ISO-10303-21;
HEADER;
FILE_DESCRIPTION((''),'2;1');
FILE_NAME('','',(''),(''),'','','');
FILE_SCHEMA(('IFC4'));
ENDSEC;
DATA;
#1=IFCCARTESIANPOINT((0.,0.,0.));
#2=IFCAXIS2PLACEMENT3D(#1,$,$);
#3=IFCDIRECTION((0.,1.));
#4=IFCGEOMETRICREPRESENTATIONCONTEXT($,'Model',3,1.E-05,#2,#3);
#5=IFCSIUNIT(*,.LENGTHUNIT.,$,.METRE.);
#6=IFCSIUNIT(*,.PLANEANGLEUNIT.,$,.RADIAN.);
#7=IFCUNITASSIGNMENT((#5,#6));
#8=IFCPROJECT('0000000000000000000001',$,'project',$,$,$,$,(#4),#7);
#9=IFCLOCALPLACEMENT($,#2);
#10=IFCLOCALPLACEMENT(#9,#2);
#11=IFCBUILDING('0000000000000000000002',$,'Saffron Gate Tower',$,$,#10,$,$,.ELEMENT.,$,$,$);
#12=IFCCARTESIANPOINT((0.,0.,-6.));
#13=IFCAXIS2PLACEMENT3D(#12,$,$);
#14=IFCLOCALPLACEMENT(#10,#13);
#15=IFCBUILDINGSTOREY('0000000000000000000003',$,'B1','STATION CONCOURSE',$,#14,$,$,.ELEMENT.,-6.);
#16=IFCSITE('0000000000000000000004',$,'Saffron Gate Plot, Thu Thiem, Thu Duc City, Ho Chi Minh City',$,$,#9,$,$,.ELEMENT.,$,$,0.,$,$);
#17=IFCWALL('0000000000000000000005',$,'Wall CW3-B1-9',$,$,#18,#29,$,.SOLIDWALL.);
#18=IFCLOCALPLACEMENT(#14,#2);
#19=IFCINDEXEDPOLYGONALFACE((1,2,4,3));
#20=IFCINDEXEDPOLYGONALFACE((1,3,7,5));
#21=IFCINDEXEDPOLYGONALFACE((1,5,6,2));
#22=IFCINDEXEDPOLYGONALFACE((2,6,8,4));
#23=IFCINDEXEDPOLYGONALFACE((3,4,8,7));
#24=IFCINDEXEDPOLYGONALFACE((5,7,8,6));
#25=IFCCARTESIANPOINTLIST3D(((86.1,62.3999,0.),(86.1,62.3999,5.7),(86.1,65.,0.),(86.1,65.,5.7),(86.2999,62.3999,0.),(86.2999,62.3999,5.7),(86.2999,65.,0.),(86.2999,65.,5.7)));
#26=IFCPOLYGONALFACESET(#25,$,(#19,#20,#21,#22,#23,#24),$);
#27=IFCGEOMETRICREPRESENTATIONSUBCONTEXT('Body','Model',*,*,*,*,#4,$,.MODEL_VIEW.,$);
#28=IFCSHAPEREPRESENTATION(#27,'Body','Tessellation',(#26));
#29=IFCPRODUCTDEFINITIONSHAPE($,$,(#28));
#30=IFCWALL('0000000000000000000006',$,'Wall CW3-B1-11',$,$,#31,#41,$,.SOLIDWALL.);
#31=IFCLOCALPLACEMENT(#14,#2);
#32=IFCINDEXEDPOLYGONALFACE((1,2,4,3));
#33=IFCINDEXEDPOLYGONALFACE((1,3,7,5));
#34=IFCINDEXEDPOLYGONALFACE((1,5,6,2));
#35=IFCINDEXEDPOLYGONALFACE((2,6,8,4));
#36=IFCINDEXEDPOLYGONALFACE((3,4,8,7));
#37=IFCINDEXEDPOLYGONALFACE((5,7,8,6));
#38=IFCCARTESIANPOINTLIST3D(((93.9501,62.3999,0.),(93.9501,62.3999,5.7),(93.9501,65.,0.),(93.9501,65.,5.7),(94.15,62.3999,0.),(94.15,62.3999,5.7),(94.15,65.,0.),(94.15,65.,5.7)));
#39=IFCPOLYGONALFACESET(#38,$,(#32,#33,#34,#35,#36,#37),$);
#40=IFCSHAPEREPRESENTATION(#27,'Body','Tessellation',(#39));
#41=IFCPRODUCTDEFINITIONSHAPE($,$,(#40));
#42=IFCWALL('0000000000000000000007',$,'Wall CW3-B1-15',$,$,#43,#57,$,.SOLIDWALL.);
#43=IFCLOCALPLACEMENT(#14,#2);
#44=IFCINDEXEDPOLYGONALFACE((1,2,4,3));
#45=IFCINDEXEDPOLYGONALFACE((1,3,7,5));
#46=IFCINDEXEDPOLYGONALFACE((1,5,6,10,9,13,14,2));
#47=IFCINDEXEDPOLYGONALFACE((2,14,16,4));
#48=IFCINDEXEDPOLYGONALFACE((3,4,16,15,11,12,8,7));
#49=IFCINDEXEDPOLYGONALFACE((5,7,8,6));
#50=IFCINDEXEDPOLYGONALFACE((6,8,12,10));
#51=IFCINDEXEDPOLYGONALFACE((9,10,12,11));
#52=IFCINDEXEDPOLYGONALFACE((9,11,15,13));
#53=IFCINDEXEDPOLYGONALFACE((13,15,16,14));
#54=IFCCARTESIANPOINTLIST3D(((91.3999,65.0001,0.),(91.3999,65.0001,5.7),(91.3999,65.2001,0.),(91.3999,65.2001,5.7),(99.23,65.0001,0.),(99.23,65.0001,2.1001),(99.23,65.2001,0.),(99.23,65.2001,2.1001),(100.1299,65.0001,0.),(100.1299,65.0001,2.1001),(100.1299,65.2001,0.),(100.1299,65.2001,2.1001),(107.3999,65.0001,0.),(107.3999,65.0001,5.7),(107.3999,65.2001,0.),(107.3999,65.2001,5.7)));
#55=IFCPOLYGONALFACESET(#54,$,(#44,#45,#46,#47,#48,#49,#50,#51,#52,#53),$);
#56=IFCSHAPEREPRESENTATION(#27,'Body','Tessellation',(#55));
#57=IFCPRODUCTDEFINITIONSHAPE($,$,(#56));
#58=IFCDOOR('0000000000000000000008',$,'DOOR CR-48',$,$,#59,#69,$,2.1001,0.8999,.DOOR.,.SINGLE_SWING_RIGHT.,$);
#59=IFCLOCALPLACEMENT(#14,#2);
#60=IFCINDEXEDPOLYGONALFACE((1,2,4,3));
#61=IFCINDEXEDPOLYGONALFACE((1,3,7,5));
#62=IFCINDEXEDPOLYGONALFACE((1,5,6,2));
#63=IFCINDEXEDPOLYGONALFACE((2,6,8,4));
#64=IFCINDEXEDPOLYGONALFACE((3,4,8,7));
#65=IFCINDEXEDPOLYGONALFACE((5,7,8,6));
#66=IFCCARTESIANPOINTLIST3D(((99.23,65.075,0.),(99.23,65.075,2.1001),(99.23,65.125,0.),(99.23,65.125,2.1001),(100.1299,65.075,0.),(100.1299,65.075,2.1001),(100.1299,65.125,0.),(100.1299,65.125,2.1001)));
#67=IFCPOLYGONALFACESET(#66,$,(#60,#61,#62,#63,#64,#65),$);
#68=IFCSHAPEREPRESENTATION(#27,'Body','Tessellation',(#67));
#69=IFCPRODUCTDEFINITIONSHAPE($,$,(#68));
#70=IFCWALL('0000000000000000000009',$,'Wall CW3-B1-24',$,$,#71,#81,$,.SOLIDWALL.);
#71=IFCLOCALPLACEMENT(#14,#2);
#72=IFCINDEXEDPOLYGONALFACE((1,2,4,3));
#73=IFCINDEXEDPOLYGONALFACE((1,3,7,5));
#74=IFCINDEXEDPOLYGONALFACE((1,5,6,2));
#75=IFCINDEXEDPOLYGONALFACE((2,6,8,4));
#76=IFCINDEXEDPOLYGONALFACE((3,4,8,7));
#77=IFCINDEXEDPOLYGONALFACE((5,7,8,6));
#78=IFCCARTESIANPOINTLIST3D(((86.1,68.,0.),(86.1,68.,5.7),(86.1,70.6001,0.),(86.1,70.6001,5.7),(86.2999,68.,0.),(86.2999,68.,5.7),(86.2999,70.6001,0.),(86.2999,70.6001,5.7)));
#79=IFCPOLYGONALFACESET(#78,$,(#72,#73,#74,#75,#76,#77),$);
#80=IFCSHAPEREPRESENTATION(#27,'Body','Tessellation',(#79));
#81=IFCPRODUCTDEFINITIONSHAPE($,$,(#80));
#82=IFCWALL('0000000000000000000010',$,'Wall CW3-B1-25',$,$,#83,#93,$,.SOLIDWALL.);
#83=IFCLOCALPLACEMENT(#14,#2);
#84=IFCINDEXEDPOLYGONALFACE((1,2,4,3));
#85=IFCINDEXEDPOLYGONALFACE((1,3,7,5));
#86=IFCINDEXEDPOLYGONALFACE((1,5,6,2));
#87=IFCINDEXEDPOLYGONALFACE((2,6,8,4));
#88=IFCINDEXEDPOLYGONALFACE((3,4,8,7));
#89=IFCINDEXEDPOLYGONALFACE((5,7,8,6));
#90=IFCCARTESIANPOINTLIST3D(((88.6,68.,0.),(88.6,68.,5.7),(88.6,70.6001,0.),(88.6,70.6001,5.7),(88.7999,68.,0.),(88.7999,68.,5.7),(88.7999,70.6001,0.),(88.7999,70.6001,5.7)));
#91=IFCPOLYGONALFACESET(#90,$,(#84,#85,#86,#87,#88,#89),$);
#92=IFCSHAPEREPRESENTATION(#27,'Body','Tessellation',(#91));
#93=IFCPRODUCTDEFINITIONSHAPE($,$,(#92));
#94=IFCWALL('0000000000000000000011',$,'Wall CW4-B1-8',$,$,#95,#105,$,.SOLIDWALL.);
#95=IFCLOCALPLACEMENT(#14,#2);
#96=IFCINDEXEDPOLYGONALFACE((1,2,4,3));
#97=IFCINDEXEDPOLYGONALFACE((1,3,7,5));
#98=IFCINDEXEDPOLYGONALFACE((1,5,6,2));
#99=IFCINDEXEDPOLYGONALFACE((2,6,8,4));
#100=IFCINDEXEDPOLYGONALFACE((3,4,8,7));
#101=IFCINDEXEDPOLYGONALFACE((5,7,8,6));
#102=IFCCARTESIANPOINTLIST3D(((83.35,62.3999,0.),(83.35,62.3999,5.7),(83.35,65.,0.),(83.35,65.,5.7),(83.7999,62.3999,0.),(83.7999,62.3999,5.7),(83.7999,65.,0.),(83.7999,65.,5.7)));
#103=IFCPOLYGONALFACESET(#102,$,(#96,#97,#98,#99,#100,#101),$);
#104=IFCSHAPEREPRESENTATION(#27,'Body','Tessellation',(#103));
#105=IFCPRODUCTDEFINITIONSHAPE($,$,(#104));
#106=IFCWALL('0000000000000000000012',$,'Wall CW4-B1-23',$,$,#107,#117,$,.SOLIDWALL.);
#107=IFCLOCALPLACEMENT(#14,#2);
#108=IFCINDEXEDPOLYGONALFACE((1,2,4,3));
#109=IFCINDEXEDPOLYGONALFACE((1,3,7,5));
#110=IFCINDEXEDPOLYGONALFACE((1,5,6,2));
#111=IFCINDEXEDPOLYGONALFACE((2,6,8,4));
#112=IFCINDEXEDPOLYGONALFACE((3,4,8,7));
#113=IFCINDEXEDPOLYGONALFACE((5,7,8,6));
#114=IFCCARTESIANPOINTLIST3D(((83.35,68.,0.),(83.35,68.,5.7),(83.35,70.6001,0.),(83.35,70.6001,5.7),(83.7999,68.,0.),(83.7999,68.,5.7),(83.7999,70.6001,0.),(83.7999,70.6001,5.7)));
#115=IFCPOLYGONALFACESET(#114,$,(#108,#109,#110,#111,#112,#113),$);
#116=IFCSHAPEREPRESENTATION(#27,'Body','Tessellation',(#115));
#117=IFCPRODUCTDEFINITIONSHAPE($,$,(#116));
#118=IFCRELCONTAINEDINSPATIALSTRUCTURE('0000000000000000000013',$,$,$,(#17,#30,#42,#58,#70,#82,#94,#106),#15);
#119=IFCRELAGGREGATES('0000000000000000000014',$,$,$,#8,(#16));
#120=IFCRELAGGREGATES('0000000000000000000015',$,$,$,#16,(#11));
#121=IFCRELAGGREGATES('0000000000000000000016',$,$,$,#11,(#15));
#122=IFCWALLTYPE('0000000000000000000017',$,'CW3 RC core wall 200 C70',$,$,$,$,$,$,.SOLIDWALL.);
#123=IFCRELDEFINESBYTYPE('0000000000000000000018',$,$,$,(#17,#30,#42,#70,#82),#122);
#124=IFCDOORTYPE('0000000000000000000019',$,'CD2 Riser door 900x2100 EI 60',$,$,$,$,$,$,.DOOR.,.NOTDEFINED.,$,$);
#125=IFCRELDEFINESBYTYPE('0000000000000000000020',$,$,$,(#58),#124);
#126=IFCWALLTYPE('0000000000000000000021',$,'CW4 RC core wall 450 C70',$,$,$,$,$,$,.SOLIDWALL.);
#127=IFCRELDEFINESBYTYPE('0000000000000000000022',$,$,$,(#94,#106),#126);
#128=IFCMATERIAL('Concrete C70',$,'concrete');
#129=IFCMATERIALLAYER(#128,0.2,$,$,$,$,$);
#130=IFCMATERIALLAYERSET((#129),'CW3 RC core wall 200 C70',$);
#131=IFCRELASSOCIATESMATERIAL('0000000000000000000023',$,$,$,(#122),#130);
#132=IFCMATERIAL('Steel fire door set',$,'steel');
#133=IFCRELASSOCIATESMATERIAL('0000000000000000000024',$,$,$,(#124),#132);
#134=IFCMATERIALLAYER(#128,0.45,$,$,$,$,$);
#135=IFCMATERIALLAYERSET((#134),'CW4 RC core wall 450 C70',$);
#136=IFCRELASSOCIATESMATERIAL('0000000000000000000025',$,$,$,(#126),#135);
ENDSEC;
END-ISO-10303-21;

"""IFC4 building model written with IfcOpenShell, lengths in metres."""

from ifc_helpers import new_model, si_unit, direction, frame, frame_2d, origin, place, context, subcontext, project, spatial, rectangle, extrude, material, layer, layer_set, type_object, element, fill, save


model = new_model("IFC4")

# Units and contexts
model_context = context("Model", 3, precision=1e-05, world=origin(), true_north=direction((0.0, 1.0)))
body_context = subcontext(model_context, "Body", "Model", "MODEL_VIEW")
ifc_project = project(units=[si_unit("LENGTHUNIT", "METRE"), si_unit("PLANEANGLEUNIT", "RADIAN")], contexts=[model_context])

# Site, building, storey
site_placement = place(None, origin())
site = spatial("IfcSite", under=ifc_project, at=site_placement, Name="Saffron Gate Plot, Thu Thiem, Thu Duc City, Ho Chi Minh City", CompositionType="ELEMENT", RefElevation=0.0)
building_placement = place(site_placement, origin())
building = spatial("IfcBuilding", under=site, at=building_placement, Name="Saffron Gate Tower", CompositionType="ELEMENT")
storey_placement = place(building_placement, frame((0.0, 0.0, -6.0)))
storey = spatial("IfcBuildingStorey", under=building, at=storey_placement, Name="B1", Description="STATION CONCOURSE", CompositionType="ELEMENT", Elevation=-6.0)

# Shared definitions
ifc_material_1 = material(Name="Concrete C70", Category="concrete")

# Shared definitions
ifc_material_2 = material(Name="Steel fire door set", Category="steel")

# Walls
ifc_layer_1 = layer(ifc_material_1, 0.2)
ifc_layer_set_1 = layer_set([ifc_layer_1], Name="CW3 RC core wall 200 C70")
wall_type_1 = type_object("IfcWallType", Name="CW3 RC core wall 200 C70", PredefinedType="SOLIDWALL", material=ifc_layer_set_1)
for number, where, z_axis, x_axis, name in (
    (1, (86.2, 62.3999, 0.0), (0.0, 0.0, 1.0), (0.0, 1.0, 0.0), "Wall CW3-B1-9"),
    (2, (94.05, 62.3999, 0.0), (0.0, 0.0, 1.0), (0.0, 1.0, 0.0), "Wall CW3-B1-11"),
):
    element("IfcWall", number, at=place(storey_placement, frame(where, z_axis=z_axis, x_axis=x_axis)), inside=storey, type_object=wall_type_1, Name=name, PredefinedType="SOLIDWALL", context=body_context, shape_type="SweptSolid", body=[
        extrude(rectangle(XDim=2.6001, YDim=0.2, at=frame_2d((1.3, 0.0))), origin(), (0.0, 0.0, 1.0), 5.7),
    ])

# Wall, opening, door
wall_1_placement = place(storey_placement, frame((91.3999, 65.1001, 0.0), z_axis=(0.0, 0.0, 1.0), x_axis=(1.0, 0.0, 0.0)))
wall_1 = element("IfcWall", 3, at=wall_1_placement, inside=storey, type_object=wall_type_1, Name="Wall CW3-B1-15", PredefinedType="SOLIDWALL", context=body_context, shape_type="SweptSolid", body=[
    extrude(rectangle(XDim=16.0, YDim=0.2, at=frame_2d((8.0, 0.0))), origin(), (0.0, 0.0, 1.0), 5.7),
])
opening_1_placement = place(wall_1_placement, frame((7.8301, 0.0, 0.0)))
opening_1 = element("IfcOpeningElement", 4, at=opening_1_placement, cuts=wall_1, PredefinedType="OPENING", context=body_context, shape_type="SweptSolid", body=[
    extrude(rectangle(XDim=0.8999, YDim=2.1001, at=frame_2d((0.45, 1.05))), frame((0.0, 0.1099, 0.0), z_axis=(0.0, -1.0, 0.0), x_axis=(1.0, 0.0, 0.0)), (0.0, 0.0, 1.0), 0.22),
])
door_type_1 = type_object("IfcDoorType", Name="CD2 Riser door 900x2100 EI 60", OperationType="NOTDEFINED", PredefinedType="DOOR", material=ifc_material_2)
door_1_placement = place(opening_1_placement, origin())
door_1 = element("IfcDoor", 5, at=door_1_placement, inside=storey, type_object=door_type_1, Name="DOOR CR-48", OperationType="SINGLE_SWING_RIGHT", OverallHeight=2.1001, OverallWidth=0.8999, PredefinedType="DOOR", context=body_context, shape_type="SweptSolid", body=[
    extrude(rectangle(XDim=0.8999, YDim=2.1001, at=frame_2d((0.45, 1.05))), frame((0.0, 0.0249, 0.0), z_axis=(0.0, -1.0, 0.0), x_axis=(1.0, 0.0, 0.0)), (0.0, 0.0, 1.0), 0.05),
])
fill(opening_1, door_1)

# Walls
for number, where, z_axis, x_axis, name in (
    (6, (86.2, 68.0, 0.0), (0.0, 0.0, 1.0), (0.0, 1.0, 0.0), "Wall CW3-B1-24"),
    (7, (88.7, 68.0, 0.0), (0.0, 0.0, 1.0), (0.0, 1.0, 0.0), "Wall CW3-B1-25"),
):
    element("IfcWall", number, at=place(storey_placement, frame(where, z_axis=z_axis, x_axis=x_axis)), inside=storey, type_object=wall_type_1, Name=name, PredefinedType="SOLIDWALL", context=body_context, shape_type="SweptSolid", body=[
        extrude(rectangle(XDim=2.6001, YDim=0.2, at=frame_2d((1.3, 0.0))), origin(), (0.0, 0.0, 1.0), 5.7),
    ])
ifc_layer_2 = layer(ifc_material_1, 0.45)
ifc_layer_set_2 = layer_set([ifc_layer_2], Name="CW4 RC core wall 450 C70")
wall_type_2 = type_object("IfcWallType", Name="CW4 RC core wall 450 C70", PredefinedType="SOLIDWALL", material=ifc_layer_set_2)
for number, where, z_axis, x_axis, name in (
    (8, (83.575, 62.3999, 0.0), (0.0, 0.0, 1.0), (0.0, 1.0, 0.0), "Wall CW4-B1-8"),
    (9, (83.575, 68.0, 0.0), (0.0, 0.0, 1.0), (0.0, 1.0, 0.0), "Wall CW4-B1-23"),
):
    element("IfcWall", number, at=place(storey_placement, frame(where, z_axis=z_axis, x_axis=x_axis)), inside=storey, type_object=wall_type_2, Name=name, PredefinedType="SOLIDWALL", context=body_context, shape_type="SweptSolid", body=[
        extrude(rectangle(XDim=2.6001, YDim=0.45, at=frame_2d((1.3, 0.0))), origin(), (0.0, 0.0, 1.0), 5.7),
    ])

save(model, "model.ifc")
